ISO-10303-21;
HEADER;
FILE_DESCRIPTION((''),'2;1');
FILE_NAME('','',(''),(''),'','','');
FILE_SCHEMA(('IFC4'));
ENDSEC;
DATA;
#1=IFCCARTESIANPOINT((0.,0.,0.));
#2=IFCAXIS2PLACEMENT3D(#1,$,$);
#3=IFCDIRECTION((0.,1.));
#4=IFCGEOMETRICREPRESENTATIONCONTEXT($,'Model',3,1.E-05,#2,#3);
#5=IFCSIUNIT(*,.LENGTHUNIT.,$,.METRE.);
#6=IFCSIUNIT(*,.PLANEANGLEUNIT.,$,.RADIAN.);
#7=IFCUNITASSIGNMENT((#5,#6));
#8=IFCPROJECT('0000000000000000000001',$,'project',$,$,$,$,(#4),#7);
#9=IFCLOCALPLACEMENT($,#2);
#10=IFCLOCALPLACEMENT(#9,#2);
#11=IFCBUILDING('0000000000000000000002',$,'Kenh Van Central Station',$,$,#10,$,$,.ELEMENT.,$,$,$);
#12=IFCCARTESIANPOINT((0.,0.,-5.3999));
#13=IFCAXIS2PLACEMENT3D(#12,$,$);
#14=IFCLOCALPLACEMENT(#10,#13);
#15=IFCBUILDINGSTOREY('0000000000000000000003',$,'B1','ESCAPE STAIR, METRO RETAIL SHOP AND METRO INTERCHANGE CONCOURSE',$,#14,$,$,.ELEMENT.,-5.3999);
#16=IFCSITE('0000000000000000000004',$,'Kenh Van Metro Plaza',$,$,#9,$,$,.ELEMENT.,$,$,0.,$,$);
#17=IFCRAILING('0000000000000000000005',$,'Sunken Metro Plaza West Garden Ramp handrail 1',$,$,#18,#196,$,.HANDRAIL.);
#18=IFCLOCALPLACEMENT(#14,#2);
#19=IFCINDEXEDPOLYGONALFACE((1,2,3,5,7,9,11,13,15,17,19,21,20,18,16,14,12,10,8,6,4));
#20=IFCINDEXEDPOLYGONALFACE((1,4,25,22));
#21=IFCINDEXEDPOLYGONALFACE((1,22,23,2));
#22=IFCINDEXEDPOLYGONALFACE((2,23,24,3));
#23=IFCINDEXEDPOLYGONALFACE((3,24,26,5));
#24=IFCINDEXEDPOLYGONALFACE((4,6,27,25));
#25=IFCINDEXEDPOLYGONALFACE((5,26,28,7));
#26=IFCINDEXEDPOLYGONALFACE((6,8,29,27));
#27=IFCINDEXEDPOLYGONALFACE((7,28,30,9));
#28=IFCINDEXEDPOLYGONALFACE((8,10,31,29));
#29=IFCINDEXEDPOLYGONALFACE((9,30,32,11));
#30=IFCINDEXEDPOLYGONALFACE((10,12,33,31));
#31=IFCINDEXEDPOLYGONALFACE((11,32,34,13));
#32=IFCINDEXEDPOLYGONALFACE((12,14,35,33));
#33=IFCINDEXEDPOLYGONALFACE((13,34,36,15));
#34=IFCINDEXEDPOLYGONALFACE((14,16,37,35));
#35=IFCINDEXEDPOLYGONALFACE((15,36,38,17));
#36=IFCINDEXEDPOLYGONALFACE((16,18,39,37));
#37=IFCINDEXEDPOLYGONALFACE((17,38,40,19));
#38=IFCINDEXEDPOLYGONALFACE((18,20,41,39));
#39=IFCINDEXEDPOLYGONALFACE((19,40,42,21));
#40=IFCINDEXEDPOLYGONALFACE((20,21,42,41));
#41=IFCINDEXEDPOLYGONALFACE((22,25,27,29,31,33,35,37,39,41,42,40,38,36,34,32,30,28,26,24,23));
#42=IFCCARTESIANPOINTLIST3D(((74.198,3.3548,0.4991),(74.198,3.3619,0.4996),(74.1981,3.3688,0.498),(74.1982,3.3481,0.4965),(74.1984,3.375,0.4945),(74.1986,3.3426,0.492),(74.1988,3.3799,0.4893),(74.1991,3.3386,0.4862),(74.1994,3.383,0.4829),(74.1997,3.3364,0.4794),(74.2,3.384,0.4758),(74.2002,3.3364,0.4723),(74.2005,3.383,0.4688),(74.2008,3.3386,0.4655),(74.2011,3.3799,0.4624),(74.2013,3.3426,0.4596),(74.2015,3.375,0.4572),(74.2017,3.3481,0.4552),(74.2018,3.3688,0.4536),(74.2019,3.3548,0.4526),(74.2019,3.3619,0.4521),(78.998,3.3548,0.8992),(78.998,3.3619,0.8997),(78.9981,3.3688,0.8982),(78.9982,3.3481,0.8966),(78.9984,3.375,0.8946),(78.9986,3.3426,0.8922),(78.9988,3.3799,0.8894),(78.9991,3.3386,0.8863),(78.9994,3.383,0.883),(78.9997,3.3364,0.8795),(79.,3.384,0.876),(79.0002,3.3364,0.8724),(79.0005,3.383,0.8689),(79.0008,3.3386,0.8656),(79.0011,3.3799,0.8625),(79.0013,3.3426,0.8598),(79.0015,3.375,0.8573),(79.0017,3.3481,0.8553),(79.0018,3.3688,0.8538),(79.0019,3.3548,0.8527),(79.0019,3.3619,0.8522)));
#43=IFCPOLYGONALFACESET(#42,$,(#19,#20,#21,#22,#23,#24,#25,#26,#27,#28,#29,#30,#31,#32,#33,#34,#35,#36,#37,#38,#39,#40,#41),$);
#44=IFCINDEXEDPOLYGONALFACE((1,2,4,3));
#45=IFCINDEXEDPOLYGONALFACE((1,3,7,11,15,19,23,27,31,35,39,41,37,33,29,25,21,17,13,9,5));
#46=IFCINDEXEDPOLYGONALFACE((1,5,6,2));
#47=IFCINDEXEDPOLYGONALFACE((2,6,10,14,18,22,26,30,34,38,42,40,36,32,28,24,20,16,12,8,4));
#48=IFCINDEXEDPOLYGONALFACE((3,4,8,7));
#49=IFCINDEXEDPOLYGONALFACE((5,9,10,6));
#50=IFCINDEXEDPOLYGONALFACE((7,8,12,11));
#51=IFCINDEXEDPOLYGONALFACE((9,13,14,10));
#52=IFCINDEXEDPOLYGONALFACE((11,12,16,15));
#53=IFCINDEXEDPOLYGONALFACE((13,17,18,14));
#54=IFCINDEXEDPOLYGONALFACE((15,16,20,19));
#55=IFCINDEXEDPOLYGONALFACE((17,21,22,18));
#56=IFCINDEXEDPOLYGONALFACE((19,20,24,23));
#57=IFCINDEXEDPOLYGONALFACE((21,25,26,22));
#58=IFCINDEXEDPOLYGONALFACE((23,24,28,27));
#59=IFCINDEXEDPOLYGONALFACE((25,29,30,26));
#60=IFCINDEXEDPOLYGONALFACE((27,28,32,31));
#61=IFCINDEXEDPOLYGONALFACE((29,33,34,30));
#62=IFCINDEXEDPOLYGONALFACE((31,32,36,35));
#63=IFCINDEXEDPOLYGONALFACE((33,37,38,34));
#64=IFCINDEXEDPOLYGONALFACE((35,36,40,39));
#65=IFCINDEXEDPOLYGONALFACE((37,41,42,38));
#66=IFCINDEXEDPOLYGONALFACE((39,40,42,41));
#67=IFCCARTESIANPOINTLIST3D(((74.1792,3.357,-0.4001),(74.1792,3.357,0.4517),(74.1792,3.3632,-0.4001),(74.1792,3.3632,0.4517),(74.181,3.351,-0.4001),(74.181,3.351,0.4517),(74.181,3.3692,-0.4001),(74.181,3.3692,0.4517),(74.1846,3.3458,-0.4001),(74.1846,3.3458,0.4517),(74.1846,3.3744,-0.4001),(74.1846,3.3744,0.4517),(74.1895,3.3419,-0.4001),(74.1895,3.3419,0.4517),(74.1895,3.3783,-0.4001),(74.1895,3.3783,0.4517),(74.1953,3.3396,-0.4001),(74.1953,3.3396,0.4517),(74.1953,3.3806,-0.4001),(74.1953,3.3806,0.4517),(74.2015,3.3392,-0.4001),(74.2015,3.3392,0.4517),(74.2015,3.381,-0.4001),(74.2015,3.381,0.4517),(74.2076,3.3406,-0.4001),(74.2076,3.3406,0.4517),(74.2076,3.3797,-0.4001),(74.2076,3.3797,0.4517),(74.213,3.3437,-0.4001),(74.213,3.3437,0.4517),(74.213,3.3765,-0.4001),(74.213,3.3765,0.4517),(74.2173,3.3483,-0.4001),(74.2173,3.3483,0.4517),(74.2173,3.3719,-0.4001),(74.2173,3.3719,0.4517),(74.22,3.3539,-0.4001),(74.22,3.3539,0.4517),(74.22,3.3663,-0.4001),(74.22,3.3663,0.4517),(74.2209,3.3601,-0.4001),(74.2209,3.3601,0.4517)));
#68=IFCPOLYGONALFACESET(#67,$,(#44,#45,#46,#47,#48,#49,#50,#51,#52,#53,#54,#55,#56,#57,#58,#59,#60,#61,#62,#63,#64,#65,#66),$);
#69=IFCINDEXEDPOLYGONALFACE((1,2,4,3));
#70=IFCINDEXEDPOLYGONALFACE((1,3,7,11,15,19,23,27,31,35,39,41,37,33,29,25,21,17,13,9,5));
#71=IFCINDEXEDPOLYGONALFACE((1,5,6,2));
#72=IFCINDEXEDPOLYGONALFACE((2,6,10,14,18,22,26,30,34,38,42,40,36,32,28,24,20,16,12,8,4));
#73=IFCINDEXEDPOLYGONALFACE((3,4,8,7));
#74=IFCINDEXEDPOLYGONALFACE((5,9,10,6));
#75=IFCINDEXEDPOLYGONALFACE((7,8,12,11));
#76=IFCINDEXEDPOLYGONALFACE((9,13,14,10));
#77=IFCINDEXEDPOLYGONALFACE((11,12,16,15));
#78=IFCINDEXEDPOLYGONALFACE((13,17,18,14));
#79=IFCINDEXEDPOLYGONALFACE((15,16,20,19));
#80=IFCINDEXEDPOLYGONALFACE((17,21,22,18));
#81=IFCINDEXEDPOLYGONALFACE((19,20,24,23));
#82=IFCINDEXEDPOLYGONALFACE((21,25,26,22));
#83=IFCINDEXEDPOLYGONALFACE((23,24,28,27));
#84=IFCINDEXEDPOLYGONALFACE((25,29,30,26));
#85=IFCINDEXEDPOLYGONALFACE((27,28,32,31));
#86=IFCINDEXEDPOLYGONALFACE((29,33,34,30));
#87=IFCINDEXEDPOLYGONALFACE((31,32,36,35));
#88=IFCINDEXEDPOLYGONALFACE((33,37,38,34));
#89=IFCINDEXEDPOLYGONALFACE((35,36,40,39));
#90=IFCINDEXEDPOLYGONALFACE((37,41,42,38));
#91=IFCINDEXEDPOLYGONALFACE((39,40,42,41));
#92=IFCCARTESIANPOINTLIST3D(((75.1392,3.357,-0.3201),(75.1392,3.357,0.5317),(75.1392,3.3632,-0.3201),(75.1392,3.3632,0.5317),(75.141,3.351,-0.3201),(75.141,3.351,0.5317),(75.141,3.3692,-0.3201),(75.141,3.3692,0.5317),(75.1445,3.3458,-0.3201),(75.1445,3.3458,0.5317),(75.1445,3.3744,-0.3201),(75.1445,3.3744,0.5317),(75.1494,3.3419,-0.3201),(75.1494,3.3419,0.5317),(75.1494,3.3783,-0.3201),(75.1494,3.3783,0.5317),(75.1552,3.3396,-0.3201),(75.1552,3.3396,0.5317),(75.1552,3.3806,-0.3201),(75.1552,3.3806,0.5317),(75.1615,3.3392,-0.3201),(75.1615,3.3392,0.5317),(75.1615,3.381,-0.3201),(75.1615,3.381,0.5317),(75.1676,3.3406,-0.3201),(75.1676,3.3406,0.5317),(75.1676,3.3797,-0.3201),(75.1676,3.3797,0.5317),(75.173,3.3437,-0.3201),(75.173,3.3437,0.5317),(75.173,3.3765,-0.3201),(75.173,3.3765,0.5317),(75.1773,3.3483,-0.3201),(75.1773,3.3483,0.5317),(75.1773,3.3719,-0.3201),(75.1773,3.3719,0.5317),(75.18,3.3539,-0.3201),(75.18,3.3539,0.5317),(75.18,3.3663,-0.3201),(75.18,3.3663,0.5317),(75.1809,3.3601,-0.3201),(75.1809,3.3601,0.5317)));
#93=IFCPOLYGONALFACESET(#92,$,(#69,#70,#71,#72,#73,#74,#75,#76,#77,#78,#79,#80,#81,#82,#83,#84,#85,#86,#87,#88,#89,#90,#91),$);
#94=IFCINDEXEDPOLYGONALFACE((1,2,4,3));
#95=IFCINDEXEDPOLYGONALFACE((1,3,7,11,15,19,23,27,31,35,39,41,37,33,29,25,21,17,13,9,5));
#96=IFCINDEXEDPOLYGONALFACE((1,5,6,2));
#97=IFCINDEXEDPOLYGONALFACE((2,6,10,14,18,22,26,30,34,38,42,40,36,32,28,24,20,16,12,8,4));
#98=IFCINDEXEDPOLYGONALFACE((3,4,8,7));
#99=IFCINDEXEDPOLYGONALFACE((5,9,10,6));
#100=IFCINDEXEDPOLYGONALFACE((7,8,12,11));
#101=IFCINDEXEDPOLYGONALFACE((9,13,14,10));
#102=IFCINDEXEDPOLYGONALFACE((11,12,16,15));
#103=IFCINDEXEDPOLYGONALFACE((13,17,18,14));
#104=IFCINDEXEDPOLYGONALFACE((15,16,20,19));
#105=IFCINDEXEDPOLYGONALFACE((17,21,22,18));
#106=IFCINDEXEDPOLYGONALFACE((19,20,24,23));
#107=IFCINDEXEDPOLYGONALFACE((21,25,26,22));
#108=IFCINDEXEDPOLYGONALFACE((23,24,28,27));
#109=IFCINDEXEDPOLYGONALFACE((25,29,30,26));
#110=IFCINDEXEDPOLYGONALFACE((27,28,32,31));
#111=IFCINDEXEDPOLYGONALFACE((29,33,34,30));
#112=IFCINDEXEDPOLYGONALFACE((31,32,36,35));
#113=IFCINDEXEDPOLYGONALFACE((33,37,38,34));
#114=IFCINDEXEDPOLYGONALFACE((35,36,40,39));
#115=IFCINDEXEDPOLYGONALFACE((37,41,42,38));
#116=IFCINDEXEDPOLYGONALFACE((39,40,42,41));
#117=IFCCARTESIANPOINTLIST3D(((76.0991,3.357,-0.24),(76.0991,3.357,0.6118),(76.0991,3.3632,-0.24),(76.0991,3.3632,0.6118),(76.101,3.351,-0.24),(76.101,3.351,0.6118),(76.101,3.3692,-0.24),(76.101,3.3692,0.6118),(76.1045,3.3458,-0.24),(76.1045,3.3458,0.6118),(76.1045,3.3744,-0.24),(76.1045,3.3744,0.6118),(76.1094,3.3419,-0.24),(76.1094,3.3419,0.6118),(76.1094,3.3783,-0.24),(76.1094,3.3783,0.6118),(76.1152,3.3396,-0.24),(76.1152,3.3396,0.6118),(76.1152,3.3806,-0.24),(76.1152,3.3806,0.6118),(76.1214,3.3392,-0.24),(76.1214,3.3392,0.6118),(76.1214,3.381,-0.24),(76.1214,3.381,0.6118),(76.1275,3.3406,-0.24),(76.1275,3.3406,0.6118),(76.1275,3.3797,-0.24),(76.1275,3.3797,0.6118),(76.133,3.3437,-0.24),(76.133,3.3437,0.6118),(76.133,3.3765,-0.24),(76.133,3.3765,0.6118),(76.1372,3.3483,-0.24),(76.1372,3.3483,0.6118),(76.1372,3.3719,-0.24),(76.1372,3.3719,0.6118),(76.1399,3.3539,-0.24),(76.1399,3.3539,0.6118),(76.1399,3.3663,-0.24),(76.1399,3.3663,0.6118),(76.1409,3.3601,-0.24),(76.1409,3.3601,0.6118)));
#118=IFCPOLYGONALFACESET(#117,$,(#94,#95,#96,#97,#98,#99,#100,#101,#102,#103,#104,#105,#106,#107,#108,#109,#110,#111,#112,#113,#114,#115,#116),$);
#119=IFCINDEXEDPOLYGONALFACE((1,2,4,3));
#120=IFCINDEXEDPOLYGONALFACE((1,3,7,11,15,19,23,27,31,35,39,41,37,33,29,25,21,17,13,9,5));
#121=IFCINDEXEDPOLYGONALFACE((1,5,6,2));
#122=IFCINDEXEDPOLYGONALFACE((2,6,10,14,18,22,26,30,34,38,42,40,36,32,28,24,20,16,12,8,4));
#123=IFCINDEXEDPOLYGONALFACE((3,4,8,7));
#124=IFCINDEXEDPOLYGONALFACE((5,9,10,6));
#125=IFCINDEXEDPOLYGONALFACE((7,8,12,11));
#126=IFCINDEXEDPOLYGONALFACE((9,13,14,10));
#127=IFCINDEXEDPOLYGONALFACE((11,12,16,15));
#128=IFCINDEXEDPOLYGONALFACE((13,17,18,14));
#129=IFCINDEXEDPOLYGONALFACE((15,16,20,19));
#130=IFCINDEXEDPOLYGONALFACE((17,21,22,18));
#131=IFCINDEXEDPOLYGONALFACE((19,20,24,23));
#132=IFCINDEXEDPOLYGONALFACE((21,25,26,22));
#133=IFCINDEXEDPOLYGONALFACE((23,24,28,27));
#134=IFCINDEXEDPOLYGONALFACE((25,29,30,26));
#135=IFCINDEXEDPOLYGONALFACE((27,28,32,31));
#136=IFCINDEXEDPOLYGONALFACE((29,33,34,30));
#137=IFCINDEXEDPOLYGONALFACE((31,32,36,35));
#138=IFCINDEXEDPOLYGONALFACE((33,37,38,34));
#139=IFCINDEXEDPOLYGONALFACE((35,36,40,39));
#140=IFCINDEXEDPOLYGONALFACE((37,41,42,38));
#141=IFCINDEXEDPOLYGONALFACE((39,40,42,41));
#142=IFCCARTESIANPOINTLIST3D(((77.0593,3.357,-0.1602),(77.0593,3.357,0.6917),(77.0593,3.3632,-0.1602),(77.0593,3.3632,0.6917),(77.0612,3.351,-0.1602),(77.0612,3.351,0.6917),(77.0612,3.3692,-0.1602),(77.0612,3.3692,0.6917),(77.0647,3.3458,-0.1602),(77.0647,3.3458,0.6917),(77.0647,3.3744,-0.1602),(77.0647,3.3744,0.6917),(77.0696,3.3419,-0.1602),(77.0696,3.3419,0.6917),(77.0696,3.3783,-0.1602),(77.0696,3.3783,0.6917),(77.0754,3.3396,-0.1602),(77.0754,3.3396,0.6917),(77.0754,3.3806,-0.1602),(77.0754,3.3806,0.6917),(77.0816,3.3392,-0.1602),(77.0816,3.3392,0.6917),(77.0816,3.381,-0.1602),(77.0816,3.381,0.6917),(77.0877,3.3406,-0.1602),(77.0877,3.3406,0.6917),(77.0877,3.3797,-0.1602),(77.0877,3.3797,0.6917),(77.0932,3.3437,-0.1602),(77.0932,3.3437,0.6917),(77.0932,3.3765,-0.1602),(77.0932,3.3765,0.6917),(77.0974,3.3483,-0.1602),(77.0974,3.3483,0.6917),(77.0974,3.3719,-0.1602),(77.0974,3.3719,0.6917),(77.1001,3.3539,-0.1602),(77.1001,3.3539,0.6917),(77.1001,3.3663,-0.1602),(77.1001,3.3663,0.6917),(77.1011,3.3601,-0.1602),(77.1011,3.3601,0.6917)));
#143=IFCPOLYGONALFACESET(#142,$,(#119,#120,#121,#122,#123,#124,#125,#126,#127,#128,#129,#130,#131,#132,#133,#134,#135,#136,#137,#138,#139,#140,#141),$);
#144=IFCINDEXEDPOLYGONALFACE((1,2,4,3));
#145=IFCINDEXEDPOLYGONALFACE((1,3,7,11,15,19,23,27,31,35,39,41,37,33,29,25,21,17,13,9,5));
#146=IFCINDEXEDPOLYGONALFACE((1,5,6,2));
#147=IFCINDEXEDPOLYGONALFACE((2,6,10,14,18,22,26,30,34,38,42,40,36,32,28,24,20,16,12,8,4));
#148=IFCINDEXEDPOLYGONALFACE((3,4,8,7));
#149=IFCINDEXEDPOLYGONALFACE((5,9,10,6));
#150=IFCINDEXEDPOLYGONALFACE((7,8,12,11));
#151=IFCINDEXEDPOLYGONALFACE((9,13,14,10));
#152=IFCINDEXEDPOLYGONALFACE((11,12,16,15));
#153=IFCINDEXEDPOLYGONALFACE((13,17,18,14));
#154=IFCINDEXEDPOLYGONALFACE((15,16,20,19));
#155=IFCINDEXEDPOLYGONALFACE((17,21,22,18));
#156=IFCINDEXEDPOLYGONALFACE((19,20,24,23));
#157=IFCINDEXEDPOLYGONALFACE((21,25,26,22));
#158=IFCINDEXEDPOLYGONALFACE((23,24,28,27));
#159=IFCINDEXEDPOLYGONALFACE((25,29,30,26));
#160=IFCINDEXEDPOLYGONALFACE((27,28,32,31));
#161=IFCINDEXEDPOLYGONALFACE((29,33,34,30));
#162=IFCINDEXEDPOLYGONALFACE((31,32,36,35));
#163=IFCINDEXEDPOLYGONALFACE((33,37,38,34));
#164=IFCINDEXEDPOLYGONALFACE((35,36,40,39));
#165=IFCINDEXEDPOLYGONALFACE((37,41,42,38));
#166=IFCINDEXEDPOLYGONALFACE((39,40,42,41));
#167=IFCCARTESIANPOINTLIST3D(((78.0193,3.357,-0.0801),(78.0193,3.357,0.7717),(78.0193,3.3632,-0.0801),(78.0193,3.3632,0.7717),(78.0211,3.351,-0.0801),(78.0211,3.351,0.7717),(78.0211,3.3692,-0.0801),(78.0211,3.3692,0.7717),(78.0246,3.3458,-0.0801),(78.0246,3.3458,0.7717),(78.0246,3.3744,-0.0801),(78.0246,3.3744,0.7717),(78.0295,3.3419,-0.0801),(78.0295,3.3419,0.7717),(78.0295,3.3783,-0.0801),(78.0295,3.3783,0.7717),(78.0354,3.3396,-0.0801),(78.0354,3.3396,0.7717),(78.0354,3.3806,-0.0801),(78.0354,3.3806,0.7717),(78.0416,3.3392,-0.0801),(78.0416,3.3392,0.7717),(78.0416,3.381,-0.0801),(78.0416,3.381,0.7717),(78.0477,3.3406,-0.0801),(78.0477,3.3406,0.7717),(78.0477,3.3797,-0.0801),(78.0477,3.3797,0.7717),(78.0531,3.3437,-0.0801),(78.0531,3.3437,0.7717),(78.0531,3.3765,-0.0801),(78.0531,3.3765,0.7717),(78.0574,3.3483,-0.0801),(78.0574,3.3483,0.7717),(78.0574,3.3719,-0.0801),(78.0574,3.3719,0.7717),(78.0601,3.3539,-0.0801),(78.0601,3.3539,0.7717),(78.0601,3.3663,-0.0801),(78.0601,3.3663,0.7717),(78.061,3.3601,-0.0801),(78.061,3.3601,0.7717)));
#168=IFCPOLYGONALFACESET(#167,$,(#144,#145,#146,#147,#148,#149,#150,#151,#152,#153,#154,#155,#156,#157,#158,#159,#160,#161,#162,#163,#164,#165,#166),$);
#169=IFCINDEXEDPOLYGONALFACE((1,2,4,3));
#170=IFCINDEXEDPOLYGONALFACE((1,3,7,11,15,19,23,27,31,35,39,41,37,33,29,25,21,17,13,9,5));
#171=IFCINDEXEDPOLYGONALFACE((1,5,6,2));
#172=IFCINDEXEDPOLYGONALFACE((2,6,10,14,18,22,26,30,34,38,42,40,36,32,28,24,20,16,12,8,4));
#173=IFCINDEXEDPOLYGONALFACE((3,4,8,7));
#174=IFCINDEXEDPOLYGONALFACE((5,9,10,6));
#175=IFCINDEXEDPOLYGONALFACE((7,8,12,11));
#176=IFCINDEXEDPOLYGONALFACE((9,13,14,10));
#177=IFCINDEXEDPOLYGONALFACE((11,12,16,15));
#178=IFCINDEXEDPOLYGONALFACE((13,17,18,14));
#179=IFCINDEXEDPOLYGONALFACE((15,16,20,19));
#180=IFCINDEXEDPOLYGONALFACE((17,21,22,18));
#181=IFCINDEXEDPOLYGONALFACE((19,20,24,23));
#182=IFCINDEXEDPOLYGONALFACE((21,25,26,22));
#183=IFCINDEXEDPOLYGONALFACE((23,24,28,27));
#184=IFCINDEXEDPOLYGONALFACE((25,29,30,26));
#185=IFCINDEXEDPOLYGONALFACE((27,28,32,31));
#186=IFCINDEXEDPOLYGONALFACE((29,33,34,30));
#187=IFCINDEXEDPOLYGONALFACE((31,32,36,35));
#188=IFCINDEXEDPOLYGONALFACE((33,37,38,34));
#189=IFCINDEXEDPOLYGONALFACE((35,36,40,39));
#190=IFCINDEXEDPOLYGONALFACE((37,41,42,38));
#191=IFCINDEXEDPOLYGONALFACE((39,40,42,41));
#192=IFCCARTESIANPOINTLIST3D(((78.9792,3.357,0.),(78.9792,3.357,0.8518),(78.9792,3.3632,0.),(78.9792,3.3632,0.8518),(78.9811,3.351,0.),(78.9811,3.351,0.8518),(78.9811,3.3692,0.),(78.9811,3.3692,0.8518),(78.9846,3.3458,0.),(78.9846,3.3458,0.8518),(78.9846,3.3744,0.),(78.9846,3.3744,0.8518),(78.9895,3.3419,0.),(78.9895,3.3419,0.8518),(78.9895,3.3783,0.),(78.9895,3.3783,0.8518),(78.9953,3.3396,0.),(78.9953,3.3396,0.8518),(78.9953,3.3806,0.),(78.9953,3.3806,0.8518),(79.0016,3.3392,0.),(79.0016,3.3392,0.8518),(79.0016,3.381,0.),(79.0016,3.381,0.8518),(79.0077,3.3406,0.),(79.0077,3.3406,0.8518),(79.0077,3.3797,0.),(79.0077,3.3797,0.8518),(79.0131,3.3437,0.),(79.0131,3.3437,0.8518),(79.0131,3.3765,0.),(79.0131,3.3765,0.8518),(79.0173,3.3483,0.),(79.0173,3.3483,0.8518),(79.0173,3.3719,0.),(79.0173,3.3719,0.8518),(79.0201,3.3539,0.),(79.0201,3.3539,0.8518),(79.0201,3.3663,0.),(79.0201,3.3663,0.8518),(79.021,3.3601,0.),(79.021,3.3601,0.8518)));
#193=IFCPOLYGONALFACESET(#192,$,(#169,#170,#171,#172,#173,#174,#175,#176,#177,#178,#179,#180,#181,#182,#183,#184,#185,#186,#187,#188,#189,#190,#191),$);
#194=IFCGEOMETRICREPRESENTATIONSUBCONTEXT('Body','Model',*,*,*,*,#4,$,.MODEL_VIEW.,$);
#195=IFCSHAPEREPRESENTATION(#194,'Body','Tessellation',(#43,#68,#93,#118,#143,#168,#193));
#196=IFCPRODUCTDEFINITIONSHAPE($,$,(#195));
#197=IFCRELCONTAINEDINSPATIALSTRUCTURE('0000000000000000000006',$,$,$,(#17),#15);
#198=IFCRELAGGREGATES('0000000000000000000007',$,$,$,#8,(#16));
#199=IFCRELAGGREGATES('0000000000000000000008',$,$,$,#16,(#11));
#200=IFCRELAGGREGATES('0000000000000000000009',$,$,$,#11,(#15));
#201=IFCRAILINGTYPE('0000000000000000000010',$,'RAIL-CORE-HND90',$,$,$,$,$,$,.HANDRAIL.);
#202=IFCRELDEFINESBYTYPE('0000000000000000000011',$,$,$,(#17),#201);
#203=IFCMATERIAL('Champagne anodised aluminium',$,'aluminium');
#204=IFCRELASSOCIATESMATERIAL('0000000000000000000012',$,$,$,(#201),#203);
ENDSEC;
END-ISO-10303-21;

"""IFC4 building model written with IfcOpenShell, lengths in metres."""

from ifc_helpers import new_model, si_unit, direction, frame, origin, origin_2d, place, context, subcontext, project, spatial, circle, extrude, material, type_object, element, save


model = new_model("IFC4")

# Units and contexts
model_context = context("Model", 3, precision=1e-05, world=origin(), true_north=direction((0.0, 1.0)))
body_context = subcontext(model_context, "Body", "Model", "MODEL_VIEW")
ifc_project = project(units=[si_unit("LENGTHUNIT", "METRE"), si_unit("PLANEANGLEUNIT", "RADIAN")], contexts=[model_context])

# Site, building, storey
site_placement = place(None, origin())
site = spatial("IfcSite", under=ifc_project, at=site_placement, Name="Kenh Van Metro Plaza", CompositionType="ELEMENT", RefElevation=0.0)
building_placement = place(site_placement, origin())
building = spatial("IfcBuilding", under=site, at=building_placement, Name="Kenh Van Central Station", CompositionType="ELEMENT")
storey_placement = place(building_placement, frame((0.0, 0.0, -5.3999)))
storey = spatial("IfcBuildingStorey", under=building, at=storey_placement, Name="B1", Description="ESCAPE STAIR, METRO RETAIL SHOP AND METRO INTERCHANGE CONCOURSE", CompositionType="ELEMENT", Elevation=-5.3999)

# Railing
ifc_material_1 = material(Name="Champagne anodised aluminium", Category="aluminium")
railing_type_1 = type_object("IfcRailingType", Name="RAIL-CORE-HND90", PredefinedType="HANDRAIL", material=ifc_material_1)
for number, where, name in (
    (1, (74.2, 3.3601, -0.4001), "Sunken Metro Plaza West Garden Ramp handrail 1"),
):
    element("IfcRailing", number, at=place(storey_placement, frame(where)), inside=storey, type_object=railing_type_1, Name=name, PredefinedType="HANDRAIL", context=body_context, shape_type="SweptSolid", body=[
        extrude(circle(Radius=0.0239, at=origin_2d()), frame((0.0, 0.0, 0.876), z_axis=(0.996543, 0.0, 0.083075), x_axis=(0.0, 1.0, 0.0)), (0.0, 0.0, 1.0), 4.8167),
        extrude(circle(Radius=0.021, at=origin_2d()), origin(), (0.0, 0.0, 1.0), 0.8518),
        extrude(circle(Radius=0.021, at=origin_2d()), frame((0.96, 0.0, 0.0801)), (0.0, 0.0, 1.0), 0.8518),
        extrude(circle(Radius=0.021, at=origin_2d()), frame((1.9199, 0.0, 0.1602)), (0.0, 0.0, 1.0), 0.8518),
        extrude(circle(Radius=0.021, at=origin_2d()), frame((2.8801, 0.0, 0.24)), (0.0, 0.0, 1.0), 0.8518),
        extrude(circle(Radius=0.021, at=origin_2d()), frame((3.8401, 0.0, 0.3201)), (0.0, 0.0, 1.0), 0.8518),
        extrude(circle(Radius=0.021, at=origin_2d()), frame((4.8, 0.0, 0.4001)), (0.0, 0.0, 1.0), 0.8518),
    ])

save(model, "model.ifc")
